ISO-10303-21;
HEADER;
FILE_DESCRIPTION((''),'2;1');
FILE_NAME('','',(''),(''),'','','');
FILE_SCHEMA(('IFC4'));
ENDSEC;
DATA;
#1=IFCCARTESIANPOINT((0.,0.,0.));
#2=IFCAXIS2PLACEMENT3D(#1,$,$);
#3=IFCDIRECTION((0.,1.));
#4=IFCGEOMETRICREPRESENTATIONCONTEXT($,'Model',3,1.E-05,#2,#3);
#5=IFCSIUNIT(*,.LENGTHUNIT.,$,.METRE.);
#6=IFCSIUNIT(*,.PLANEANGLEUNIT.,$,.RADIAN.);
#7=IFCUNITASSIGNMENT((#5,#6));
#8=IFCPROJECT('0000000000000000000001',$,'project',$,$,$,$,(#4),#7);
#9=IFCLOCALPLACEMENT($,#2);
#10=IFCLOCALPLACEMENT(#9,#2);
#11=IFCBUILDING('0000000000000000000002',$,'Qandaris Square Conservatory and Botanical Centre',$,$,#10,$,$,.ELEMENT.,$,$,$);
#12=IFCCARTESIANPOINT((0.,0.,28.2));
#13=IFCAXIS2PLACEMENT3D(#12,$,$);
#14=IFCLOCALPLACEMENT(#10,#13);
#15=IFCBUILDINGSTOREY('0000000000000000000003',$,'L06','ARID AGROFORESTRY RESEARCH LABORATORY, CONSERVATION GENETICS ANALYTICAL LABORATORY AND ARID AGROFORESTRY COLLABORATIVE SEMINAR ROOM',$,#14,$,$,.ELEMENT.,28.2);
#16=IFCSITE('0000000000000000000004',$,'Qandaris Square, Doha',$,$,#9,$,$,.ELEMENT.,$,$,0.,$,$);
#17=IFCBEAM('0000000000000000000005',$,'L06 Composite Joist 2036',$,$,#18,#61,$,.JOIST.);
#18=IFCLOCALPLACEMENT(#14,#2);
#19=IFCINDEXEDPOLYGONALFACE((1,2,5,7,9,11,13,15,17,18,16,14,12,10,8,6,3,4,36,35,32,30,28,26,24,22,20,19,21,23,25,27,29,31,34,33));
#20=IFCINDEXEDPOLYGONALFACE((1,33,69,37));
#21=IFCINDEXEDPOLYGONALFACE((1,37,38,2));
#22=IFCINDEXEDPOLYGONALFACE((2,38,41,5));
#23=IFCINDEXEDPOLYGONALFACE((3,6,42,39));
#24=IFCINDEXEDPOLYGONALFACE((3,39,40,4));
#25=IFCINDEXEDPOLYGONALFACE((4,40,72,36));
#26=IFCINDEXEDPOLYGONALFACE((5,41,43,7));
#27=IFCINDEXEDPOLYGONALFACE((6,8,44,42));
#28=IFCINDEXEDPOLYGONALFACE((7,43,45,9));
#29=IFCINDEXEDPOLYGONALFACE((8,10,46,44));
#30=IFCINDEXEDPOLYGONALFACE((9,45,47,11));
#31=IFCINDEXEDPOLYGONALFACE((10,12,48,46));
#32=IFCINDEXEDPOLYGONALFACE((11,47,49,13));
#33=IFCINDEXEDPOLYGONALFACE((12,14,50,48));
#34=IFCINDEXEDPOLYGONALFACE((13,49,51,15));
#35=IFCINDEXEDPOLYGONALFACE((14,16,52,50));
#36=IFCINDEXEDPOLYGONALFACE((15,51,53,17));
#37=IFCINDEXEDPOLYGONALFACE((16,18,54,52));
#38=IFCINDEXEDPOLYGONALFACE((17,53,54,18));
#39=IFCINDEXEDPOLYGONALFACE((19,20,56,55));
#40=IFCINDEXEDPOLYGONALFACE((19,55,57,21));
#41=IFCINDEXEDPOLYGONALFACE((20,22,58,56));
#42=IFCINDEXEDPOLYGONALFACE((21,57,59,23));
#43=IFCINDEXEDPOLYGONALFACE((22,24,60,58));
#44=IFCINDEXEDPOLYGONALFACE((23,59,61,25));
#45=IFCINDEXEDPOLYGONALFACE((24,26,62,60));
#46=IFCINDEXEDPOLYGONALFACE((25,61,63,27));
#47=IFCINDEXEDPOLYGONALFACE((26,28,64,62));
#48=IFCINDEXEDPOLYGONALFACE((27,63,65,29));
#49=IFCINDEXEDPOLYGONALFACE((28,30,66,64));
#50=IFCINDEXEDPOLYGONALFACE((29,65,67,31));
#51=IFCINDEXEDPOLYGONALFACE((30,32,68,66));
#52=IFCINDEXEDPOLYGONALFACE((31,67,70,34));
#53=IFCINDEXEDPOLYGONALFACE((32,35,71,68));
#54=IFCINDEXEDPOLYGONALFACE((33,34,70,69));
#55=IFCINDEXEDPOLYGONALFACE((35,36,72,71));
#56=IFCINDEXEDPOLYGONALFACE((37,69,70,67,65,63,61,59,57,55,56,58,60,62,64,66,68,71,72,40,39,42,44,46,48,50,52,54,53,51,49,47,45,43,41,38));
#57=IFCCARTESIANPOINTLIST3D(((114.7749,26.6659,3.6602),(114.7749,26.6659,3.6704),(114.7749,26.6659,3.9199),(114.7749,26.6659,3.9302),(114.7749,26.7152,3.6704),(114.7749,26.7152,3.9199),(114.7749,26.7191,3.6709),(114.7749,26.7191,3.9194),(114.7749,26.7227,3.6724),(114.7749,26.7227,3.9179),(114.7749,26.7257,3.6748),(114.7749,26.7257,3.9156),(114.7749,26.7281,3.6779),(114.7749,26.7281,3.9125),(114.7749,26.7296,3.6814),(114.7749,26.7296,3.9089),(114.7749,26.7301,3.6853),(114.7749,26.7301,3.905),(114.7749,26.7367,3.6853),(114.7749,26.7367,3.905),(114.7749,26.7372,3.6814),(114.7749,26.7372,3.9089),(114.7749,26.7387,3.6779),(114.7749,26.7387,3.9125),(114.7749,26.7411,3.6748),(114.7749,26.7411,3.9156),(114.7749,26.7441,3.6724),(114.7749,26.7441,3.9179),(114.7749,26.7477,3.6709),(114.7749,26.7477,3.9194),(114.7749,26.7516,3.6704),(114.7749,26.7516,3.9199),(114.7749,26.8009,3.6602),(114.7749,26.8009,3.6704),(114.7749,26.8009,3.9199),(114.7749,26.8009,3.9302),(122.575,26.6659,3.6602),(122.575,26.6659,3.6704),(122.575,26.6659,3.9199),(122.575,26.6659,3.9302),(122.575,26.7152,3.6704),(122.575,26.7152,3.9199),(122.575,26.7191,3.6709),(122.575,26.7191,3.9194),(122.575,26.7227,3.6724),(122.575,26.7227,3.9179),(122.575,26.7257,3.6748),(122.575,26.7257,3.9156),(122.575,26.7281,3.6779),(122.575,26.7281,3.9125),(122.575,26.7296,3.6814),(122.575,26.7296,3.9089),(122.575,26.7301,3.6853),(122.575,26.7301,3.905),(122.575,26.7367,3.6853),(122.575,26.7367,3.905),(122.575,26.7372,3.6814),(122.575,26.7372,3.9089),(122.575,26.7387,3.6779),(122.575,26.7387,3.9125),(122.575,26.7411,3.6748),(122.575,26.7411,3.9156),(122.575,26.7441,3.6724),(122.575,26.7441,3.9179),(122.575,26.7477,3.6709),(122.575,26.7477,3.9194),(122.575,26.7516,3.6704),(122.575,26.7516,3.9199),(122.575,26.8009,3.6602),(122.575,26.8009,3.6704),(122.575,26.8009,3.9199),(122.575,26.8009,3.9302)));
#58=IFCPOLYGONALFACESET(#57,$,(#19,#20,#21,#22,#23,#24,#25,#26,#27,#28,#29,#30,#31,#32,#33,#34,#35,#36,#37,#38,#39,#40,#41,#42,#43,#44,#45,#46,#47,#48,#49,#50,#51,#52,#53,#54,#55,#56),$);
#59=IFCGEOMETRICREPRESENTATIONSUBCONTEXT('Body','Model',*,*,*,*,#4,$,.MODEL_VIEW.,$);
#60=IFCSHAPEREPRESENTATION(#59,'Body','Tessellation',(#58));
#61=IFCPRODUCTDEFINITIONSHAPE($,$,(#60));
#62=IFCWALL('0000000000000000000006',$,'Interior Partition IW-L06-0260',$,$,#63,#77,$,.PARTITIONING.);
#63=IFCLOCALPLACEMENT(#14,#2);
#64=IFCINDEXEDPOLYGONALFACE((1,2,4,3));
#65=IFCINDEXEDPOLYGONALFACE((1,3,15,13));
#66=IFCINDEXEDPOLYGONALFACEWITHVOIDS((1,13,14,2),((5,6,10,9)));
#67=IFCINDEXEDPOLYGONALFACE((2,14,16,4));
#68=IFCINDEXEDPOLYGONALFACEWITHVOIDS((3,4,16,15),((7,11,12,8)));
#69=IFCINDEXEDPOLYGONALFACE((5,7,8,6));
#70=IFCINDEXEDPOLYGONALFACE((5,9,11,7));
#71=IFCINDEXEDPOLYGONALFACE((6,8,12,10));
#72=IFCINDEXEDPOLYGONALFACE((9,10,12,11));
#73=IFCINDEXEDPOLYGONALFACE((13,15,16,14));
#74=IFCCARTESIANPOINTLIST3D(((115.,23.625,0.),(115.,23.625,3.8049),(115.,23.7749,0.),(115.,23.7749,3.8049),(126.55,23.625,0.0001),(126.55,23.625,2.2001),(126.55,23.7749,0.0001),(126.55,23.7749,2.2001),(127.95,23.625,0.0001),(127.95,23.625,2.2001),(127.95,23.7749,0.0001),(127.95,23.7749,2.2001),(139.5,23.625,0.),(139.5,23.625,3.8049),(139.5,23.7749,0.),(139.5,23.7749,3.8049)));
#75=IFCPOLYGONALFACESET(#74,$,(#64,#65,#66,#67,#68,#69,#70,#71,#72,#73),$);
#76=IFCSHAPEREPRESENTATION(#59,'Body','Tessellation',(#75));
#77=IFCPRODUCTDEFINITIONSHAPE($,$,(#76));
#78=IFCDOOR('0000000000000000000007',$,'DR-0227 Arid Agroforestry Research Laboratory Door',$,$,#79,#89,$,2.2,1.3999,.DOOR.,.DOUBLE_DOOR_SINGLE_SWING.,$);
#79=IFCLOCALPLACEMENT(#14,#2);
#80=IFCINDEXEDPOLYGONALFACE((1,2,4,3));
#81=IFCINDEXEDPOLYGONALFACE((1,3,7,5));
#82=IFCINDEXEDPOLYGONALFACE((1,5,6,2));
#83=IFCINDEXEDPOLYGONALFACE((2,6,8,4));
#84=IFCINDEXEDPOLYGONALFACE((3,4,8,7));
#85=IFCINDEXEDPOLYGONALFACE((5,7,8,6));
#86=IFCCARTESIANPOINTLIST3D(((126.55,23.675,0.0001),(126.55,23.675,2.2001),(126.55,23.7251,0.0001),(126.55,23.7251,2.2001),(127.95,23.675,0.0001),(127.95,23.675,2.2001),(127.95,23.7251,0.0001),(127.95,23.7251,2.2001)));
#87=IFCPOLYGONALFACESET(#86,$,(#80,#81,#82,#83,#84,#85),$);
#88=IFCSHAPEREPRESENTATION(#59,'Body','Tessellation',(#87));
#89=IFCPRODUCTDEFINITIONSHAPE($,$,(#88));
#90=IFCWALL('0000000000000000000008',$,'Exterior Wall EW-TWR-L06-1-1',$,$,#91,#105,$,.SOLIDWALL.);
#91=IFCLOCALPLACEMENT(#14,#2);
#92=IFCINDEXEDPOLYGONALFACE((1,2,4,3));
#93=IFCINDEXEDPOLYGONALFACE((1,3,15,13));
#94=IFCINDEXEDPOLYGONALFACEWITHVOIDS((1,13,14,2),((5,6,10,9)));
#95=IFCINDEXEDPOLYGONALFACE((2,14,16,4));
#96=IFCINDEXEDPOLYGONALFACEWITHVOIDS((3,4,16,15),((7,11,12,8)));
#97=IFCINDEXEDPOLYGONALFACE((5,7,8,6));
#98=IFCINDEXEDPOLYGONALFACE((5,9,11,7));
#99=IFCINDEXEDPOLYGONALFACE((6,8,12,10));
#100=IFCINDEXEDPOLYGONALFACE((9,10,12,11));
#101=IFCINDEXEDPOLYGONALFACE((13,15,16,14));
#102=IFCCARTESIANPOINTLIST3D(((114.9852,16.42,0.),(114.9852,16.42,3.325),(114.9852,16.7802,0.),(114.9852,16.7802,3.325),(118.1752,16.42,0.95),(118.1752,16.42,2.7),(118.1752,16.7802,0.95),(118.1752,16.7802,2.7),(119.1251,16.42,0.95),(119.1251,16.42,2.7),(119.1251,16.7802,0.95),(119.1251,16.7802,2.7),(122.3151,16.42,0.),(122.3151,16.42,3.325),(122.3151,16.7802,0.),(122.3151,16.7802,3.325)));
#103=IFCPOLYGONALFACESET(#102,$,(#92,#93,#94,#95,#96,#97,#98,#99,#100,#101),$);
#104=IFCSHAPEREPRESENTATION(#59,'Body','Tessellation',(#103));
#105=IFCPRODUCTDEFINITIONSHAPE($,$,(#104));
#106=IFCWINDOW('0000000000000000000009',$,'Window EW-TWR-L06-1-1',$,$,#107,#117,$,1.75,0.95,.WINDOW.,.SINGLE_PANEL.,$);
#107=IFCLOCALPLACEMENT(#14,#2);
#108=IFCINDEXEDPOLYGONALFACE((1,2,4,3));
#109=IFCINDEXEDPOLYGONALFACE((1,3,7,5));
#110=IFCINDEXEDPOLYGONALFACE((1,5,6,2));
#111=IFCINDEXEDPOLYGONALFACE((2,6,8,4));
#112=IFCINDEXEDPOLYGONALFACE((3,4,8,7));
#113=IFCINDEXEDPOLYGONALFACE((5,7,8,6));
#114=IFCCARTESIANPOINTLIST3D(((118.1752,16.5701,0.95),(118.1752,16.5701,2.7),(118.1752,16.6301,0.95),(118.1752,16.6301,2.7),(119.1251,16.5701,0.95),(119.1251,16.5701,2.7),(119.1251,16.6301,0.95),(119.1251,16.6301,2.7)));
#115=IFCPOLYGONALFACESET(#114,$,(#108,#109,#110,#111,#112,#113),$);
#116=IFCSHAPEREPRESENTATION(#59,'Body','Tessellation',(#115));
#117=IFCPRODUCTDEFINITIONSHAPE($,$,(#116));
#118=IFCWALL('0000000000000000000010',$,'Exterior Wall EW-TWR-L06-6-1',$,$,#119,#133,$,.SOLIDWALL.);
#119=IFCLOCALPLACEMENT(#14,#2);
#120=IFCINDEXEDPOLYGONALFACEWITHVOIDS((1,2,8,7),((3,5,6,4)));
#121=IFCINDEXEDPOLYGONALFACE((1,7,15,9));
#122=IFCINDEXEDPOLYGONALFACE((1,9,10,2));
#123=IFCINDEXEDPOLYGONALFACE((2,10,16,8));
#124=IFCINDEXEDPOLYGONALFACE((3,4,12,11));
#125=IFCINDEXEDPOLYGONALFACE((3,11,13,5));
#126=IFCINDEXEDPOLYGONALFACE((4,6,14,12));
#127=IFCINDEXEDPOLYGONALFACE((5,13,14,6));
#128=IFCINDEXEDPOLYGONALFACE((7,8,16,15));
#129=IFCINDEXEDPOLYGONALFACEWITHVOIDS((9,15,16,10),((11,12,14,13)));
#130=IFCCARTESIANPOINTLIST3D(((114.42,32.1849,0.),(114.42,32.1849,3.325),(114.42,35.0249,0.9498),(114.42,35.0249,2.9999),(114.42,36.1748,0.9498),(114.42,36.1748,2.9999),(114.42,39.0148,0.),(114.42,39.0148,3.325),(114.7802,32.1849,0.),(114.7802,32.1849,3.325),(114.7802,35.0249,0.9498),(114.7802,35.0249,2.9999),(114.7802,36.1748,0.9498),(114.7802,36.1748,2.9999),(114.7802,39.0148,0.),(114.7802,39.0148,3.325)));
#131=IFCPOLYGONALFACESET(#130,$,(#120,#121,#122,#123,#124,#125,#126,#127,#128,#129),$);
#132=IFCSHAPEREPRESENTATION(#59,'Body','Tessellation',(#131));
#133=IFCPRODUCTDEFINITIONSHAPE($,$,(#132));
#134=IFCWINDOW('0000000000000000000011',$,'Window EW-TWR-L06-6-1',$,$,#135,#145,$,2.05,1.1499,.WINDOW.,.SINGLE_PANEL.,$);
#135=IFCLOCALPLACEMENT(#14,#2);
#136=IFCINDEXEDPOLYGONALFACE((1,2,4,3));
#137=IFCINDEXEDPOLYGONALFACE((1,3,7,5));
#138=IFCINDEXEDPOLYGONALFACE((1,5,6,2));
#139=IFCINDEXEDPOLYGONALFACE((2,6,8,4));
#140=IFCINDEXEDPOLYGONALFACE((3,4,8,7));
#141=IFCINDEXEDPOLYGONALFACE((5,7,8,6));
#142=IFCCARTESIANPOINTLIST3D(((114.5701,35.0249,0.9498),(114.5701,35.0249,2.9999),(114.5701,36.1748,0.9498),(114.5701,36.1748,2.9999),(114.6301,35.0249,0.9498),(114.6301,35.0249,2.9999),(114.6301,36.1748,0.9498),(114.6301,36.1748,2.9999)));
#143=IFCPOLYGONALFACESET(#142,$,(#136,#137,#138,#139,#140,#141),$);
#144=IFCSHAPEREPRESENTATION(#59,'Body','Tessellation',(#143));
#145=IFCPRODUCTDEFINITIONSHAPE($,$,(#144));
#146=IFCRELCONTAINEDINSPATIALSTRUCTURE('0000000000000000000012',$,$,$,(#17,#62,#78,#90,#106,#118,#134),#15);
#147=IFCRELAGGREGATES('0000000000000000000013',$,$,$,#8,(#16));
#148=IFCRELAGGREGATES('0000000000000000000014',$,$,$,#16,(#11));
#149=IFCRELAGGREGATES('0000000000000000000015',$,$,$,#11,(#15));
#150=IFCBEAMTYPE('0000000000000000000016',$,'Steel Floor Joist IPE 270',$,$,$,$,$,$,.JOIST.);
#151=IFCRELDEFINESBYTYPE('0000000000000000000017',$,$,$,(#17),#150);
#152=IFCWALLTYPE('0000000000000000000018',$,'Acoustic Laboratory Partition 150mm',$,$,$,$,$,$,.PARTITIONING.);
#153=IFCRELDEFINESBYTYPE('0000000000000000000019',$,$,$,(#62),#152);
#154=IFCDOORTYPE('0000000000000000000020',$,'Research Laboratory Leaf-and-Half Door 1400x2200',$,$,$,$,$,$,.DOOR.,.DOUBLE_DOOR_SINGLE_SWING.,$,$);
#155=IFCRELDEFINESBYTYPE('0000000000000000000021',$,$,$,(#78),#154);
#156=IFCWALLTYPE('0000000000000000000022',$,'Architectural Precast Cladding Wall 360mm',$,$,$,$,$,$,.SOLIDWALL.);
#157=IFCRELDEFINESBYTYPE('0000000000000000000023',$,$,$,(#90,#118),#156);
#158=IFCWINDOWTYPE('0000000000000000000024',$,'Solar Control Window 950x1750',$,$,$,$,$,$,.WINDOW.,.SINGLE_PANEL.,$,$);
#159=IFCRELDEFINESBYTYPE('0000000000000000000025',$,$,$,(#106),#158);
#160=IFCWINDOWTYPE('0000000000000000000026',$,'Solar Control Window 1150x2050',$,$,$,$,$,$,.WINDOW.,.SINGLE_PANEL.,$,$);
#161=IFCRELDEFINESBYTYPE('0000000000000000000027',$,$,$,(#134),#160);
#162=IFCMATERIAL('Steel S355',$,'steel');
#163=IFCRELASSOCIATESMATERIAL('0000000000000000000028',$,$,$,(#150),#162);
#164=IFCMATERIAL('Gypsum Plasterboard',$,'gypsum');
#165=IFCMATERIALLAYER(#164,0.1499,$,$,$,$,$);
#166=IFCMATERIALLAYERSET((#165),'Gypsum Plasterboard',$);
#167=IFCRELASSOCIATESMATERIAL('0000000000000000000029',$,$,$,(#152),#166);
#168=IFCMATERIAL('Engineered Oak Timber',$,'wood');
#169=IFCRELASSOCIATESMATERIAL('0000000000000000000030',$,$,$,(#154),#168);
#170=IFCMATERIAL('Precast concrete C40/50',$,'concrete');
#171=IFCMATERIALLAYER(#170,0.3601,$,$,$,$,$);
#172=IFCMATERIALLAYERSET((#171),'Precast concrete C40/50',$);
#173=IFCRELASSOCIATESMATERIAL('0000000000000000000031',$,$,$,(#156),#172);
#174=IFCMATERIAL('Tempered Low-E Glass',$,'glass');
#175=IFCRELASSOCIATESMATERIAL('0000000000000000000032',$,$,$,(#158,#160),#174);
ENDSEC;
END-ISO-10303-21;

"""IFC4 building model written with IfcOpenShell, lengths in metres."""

from ifc_helpers import new_model, si_unit, direction, frame, frame_2d, origin, origin_2d, place, context, subcontext, project, spatial, rectangle, i_section, extrude, material, layer, layer_set, material_profile, profile_set, type_object, element, fill, save


model = new_model("IFC4")

# Units and contexts
model_context = context("Model", 3, precision=1e-05, world=origin(), true_north=direction((0.0, 1.0)))
body_context = subcontext(model_context, "Body", "Model", "MODEL_VIEW")
ifc_project = project(units=[si_unit("LENGTHUNIT", "METRE"), si_unit("PLANEANGLEUNIT", "RADIAN")], contexts=[model_context])

# Site, building, storey
site_placement = place(None, origin())
site = spatial("IfcSite", under=ifc_project, at=site_placement, Name="Qandaris Square, Doha", CompositionType="ELEMENT", RefElevation=0.0)
building_placement = place(site_placement, origin())
building = spatial("IfcBuilding", under=site, at=building_placement, Name="Qandaris Square Conservatory and Botanical Centre", CompositionType="ELEMENT")
storey_placement = place(building_placement, frame((0.0, 0.0, 28.2)))
storey = spatial("IfcBuildingStorey", under=building, at=storey_placement, Name="L06", Description="ARID AGROFORESTRY RESEARCH LABORATORY, CONSERVATION GENETICS ANALYTICAL LABORATORY AND ARID AGROFORESTRY COLLABORATIVE SEMINAR ROOM", CompositionType="ELEMENT", Elevation=28.2)

# Beam
ifc_material_1 = material(Name="Steel S355", Category="steel")
ifc_material_profile_1 = material_profile(ifc_material_1, i_section(OverallWidth=0.135, OverallDepth=0.27, WebThickness=0.0066, FlangeThickness=0.0103, FilletRadius=0.0149, at=origin_2d()), Name="IPE 270")
ifc_profile_set_1 = profile_set([ifc_material_profile_1], Name="Steel S355")
beam_type_1 = type_object("IfcBeamType", Name="Steel Floor Joist IPE 270", PredefinedType="JOIST", material=ifc_profile_set_1)
for number, where, z_axis, x_axis, name in (
    (1, (114.7749, 26.7334, 3.7952), (1.0, 0.0, 0.0), (0.0, 1.0, 0.0), "L06 Composite Joist 2036"),
):
    element("IfcBeam", number, at=place(storey_placement, frame(where, z_axis=z_axis, x_axis=x_axis)), inside=storey, type_object=beam_type_1, Name=name, PredefinedType="JOIST", context=body_context, shape_type="SweptSolid", body=[
        extrude(i_section(OverallWidth=0.135, OverallDepth=0.27, WebThickness=0.0066, FlangeThickness=0.0103, FilletRadius=0.0149, at=origin_2d()), origin(), (0.0, 0.0, 1.0), 7.8),
    ])

# Wall, opening, door
ifc_material_2 = material(Name="Gypsum Plasterboard", Category="gypsum")
ifc_layer_1 = layer(ifc_material_2, 0.1499)
ifc_layer_set_1 = layer_set([ifc_layer_1], Name="Gypsum Plasterboard")
wall_type_1 = type_object("IfcWallType", Name="Acoustic Laboratory Partition 150mm", PredefinedType="PARTITIONING", material=ifc_layer_set_1)
wall_1_placement = place(storey_placement, frame((115.0, 23.7, 0.0), z_axis=(0.0, 0.0, 1.0), x_axis=(1.0, 0.0, 0.0)))
wall_1 = element("IfcWall", 2, at=wall_1_placement, inside=storey, type_object=wall_type_1, Name="Interior Partition IW-L06-0260", PredefinedType="PARTITIONING", context=body_context, shape_type="SweptSolid", body=[
    extrude(rectangle(XDim=24.5, YDim=0.1499, at=frame_2d((12.25, 0.0))), origin(), (0.0, 0.0, 1.0), 3.8049),
])
opening_1_placement = place(wall_1_placement, frame((11.55, 0.0, 0.0)))
opening_1 = element("IfcOpeningElement", 3, at=opening_1_placement, cuts=wall_1, PredefinedType="OPENING", context=body_context, shape_type="SweptSolid", body=[
    extrude(rectangle(XDim=1.3999, YDim=2.2, at=frame_2d((0.7, 1.1001))), frame((0.0, 0.0869, 0.0), z_axis=(0.0, -1.0, 0.0), x_axis=(1.0, 0.0, 0.0)), (0.0, 0.0, 1.0), 0.1738),
])
ifc_material_3 = material(Name="Engineered Oak Timber", Category="wood")
door_type = type_object("IfcDoorType", Name="Research Laboratory Leaf-and-Half Door 1400x2200", OperationType="DOUBLE_DOOR_SINGLE_SWING", PredefinedType="DOOR", material=ifc_material_3)
door_placement = place(opening_1_placement, frame((1.3999, 0.0, 0.0), z_axis=(0.0, 0.0, 1.0), x_axis=(-1.0, 0.0, 0.0)))
door = element("IfcDoor", 4, at=door_placement, inside=storey, type_object=door_type, Name="DR-0227 Arid Agroforestry Research Laboratory Door", OperationType="DOUBLE_DOOR_SINGLE_SWING", OverallHeight=2.2, OverallWidth=1.3999, PredefinedType="DOOR", context=body_context, shape_type="SweptSolid", body=[
    extrude(rectangle(XDim=1.3999, YDim=2.2, at=frame_2d((0.7, 1.1001))), frame((0.0, 0.0249, 0.0), z_axis=(0.0, -1.0, 0.0), x_axis=(1.0, 0.0, 0.0)), (0.0, 0.0, 1.0), 0.05),
])
fill(opening_1, door)

# Walls, openings, windows
ifc_material_4 = material(Name="Precast concrete C40/50", Category="concrete")
ifc_layer_2 = layer(ifc_material_4, 0.3601)
ifc_layer_set_2 = layer_set([ifc_layer_2], Name="Precast concrete C40/50")
wall_type_2 = type_object("IfcWallType", Name="Architectural Precast Cladding Wall 360mm", PredefinedType="SOLIDWALL", material=ifc_layer_set_2)
wall_2_placement = place(storey_placement, frame((114.9851, 16.6001, 0.0), z_axis=(0.0, 0.0, 1.0), x_axis=(1.0, 0.0, 0.0)))
wall_2 = element("IfcWall", 5, at=wall_2_placement, inside=storey, type_object=wall_type_2, Name="Exterior Wall EW-TWR-L06-1-1", PredefinedType="SOLIDWALL", context=body_context, shape_type="SweptSolid", body=[
    extrude(rectangle(XDim=7.3298, YDim=0.3601, at=frame_2d((3.665, 0.0))), origin(), (0.0, 0.0, 1.0), 3.325),
])
opening_2_placement = place(wall_2_placement, frame((3.1899, 0.0, 0.95)))
opening_2 = element("IfcOpeningElement", 6, at=opening_2_placement, cuts=wall_2, PredefinedType="OPENING", context=body_context, shape_type="SweptSolid", body=[
    extrude(rectangle(XDim=0.95, YDim=1.75, at=frame_2d((0.4751, 0.875))), frame((0.0, 0.1919, 0.0), z_axis=(0.0, -1.0, 0.0), x_axis=(1.0, 0.0, 0.0)), (0.0, 0.0, 1.0), 0.384),
])
ifc_material_5 = material(Name="Tempered Low-E Glass", Category="glass")
window_type_1 = type_object("IfcWindowType", Name="Solar Control Window 950x1750", PartitioningType="SINGLE_PANEL", PredefinedType="WINDOW", material=ifc_material_5)
window_1_placement = place(opening_2_placement, origin())
window_1 = element("IfcWindow", 7, at=window_1_placement, inside=storey, type_object=window_type_1, Name="Window EW-TWR-L06-1-1", OverallHeight=1.75, OverallWidth=0.95, PartitioningType="SINGLE_PANEL", PredefinedType="WINDOW", context=body_context, shape_type="SweptSolid", body=[
    extrude(rectangle(XDim=0.95, YDim=1.75, at=frame_2d((0.4751, 0.875))), frame((0.0, 0.03, 0.0), z_axis=(0.0, -1.0, 0.0), x_axis=(1.0, 0.0, 0.0)), (0.0, 0.0, 1.0), 0.0601),
])
fill(opening_2, window_1)
wall_3_placement = place(storey_placement, frame((114.6001, 39.0149, 0.0), z_axis=(0.0, 0.0, 1.0), x_axis=(0.0, -1.0, 0.0)))
wall_3 = element("IfcWall", 8, at=wall_3_placement, inside=storey, type_object=wall_type_2, Name="Exterior Wall EW-TWR-L06-6-1", PredefinedType="SOLIDWALL", context=body_context, shape_type="SweptSolid", body=[
    extrude(rectangle(XDim=6.8298, YDim=0.3601, at=frame_2d((3.415, 0.0))), origin(), (0.0, 0.0, 1.0), 3.325),
])
opening_3_placement = place(wall_3_placement, frame((2.8401, 0.0, 0.95)))
opening_3 = element("IfcOpeningElement", 9, at=opening_3_placement, cuts=wall_3, PredefinedType="OPENING", context=body_context, shape_type="SweptSolid", body=[
    extrude(rectangle(XDim=1.1499, YDim=2.05, at=frame_2d((0.575, 1.0249))), frame((0.0, 0.1919, 0.0), z_axis=(0.0, -1.0, 0.0), x_axis=(1.0, 0.0, 0.0)), (0.0, 0.0, 1.0), 0.384),
])
window_type_2 = type_object("IfcWindowType", Name="Solar Control Window 1150x2050", PartitioningType="SINGLE_PANEL", PredefinedType="WINDOW", material=ifc_material_5)
window_2_placement = place(opening_3_placement, origin())
window_2 = element("IfcWindow", 10, at=window_2_placement, inside=storey, type_object=window_type_2, Name="Window EW-TWR-L06-6-1", OverallHeight=2.05, OverallWidth=1.1499, PartitioningType="SINGLE_PANEL", PredefinedType="WINDOW", context=body_context, shape_type="SweptSolid", body=[
    extrude(rectangle(XDim=1.1499, YDim=2.05, at=frame_2d((0.575, 1.0249))), frame((0.0, 0.03, 0.0), z_axis=(0.0, -1.0, 0.0), x_axis=(1.0, 0.0, 0.0)), (0.0, 0.0, 1.0), 0.0601),
])
fill(opening_3, window_2)

save(model, "model.ifc")
